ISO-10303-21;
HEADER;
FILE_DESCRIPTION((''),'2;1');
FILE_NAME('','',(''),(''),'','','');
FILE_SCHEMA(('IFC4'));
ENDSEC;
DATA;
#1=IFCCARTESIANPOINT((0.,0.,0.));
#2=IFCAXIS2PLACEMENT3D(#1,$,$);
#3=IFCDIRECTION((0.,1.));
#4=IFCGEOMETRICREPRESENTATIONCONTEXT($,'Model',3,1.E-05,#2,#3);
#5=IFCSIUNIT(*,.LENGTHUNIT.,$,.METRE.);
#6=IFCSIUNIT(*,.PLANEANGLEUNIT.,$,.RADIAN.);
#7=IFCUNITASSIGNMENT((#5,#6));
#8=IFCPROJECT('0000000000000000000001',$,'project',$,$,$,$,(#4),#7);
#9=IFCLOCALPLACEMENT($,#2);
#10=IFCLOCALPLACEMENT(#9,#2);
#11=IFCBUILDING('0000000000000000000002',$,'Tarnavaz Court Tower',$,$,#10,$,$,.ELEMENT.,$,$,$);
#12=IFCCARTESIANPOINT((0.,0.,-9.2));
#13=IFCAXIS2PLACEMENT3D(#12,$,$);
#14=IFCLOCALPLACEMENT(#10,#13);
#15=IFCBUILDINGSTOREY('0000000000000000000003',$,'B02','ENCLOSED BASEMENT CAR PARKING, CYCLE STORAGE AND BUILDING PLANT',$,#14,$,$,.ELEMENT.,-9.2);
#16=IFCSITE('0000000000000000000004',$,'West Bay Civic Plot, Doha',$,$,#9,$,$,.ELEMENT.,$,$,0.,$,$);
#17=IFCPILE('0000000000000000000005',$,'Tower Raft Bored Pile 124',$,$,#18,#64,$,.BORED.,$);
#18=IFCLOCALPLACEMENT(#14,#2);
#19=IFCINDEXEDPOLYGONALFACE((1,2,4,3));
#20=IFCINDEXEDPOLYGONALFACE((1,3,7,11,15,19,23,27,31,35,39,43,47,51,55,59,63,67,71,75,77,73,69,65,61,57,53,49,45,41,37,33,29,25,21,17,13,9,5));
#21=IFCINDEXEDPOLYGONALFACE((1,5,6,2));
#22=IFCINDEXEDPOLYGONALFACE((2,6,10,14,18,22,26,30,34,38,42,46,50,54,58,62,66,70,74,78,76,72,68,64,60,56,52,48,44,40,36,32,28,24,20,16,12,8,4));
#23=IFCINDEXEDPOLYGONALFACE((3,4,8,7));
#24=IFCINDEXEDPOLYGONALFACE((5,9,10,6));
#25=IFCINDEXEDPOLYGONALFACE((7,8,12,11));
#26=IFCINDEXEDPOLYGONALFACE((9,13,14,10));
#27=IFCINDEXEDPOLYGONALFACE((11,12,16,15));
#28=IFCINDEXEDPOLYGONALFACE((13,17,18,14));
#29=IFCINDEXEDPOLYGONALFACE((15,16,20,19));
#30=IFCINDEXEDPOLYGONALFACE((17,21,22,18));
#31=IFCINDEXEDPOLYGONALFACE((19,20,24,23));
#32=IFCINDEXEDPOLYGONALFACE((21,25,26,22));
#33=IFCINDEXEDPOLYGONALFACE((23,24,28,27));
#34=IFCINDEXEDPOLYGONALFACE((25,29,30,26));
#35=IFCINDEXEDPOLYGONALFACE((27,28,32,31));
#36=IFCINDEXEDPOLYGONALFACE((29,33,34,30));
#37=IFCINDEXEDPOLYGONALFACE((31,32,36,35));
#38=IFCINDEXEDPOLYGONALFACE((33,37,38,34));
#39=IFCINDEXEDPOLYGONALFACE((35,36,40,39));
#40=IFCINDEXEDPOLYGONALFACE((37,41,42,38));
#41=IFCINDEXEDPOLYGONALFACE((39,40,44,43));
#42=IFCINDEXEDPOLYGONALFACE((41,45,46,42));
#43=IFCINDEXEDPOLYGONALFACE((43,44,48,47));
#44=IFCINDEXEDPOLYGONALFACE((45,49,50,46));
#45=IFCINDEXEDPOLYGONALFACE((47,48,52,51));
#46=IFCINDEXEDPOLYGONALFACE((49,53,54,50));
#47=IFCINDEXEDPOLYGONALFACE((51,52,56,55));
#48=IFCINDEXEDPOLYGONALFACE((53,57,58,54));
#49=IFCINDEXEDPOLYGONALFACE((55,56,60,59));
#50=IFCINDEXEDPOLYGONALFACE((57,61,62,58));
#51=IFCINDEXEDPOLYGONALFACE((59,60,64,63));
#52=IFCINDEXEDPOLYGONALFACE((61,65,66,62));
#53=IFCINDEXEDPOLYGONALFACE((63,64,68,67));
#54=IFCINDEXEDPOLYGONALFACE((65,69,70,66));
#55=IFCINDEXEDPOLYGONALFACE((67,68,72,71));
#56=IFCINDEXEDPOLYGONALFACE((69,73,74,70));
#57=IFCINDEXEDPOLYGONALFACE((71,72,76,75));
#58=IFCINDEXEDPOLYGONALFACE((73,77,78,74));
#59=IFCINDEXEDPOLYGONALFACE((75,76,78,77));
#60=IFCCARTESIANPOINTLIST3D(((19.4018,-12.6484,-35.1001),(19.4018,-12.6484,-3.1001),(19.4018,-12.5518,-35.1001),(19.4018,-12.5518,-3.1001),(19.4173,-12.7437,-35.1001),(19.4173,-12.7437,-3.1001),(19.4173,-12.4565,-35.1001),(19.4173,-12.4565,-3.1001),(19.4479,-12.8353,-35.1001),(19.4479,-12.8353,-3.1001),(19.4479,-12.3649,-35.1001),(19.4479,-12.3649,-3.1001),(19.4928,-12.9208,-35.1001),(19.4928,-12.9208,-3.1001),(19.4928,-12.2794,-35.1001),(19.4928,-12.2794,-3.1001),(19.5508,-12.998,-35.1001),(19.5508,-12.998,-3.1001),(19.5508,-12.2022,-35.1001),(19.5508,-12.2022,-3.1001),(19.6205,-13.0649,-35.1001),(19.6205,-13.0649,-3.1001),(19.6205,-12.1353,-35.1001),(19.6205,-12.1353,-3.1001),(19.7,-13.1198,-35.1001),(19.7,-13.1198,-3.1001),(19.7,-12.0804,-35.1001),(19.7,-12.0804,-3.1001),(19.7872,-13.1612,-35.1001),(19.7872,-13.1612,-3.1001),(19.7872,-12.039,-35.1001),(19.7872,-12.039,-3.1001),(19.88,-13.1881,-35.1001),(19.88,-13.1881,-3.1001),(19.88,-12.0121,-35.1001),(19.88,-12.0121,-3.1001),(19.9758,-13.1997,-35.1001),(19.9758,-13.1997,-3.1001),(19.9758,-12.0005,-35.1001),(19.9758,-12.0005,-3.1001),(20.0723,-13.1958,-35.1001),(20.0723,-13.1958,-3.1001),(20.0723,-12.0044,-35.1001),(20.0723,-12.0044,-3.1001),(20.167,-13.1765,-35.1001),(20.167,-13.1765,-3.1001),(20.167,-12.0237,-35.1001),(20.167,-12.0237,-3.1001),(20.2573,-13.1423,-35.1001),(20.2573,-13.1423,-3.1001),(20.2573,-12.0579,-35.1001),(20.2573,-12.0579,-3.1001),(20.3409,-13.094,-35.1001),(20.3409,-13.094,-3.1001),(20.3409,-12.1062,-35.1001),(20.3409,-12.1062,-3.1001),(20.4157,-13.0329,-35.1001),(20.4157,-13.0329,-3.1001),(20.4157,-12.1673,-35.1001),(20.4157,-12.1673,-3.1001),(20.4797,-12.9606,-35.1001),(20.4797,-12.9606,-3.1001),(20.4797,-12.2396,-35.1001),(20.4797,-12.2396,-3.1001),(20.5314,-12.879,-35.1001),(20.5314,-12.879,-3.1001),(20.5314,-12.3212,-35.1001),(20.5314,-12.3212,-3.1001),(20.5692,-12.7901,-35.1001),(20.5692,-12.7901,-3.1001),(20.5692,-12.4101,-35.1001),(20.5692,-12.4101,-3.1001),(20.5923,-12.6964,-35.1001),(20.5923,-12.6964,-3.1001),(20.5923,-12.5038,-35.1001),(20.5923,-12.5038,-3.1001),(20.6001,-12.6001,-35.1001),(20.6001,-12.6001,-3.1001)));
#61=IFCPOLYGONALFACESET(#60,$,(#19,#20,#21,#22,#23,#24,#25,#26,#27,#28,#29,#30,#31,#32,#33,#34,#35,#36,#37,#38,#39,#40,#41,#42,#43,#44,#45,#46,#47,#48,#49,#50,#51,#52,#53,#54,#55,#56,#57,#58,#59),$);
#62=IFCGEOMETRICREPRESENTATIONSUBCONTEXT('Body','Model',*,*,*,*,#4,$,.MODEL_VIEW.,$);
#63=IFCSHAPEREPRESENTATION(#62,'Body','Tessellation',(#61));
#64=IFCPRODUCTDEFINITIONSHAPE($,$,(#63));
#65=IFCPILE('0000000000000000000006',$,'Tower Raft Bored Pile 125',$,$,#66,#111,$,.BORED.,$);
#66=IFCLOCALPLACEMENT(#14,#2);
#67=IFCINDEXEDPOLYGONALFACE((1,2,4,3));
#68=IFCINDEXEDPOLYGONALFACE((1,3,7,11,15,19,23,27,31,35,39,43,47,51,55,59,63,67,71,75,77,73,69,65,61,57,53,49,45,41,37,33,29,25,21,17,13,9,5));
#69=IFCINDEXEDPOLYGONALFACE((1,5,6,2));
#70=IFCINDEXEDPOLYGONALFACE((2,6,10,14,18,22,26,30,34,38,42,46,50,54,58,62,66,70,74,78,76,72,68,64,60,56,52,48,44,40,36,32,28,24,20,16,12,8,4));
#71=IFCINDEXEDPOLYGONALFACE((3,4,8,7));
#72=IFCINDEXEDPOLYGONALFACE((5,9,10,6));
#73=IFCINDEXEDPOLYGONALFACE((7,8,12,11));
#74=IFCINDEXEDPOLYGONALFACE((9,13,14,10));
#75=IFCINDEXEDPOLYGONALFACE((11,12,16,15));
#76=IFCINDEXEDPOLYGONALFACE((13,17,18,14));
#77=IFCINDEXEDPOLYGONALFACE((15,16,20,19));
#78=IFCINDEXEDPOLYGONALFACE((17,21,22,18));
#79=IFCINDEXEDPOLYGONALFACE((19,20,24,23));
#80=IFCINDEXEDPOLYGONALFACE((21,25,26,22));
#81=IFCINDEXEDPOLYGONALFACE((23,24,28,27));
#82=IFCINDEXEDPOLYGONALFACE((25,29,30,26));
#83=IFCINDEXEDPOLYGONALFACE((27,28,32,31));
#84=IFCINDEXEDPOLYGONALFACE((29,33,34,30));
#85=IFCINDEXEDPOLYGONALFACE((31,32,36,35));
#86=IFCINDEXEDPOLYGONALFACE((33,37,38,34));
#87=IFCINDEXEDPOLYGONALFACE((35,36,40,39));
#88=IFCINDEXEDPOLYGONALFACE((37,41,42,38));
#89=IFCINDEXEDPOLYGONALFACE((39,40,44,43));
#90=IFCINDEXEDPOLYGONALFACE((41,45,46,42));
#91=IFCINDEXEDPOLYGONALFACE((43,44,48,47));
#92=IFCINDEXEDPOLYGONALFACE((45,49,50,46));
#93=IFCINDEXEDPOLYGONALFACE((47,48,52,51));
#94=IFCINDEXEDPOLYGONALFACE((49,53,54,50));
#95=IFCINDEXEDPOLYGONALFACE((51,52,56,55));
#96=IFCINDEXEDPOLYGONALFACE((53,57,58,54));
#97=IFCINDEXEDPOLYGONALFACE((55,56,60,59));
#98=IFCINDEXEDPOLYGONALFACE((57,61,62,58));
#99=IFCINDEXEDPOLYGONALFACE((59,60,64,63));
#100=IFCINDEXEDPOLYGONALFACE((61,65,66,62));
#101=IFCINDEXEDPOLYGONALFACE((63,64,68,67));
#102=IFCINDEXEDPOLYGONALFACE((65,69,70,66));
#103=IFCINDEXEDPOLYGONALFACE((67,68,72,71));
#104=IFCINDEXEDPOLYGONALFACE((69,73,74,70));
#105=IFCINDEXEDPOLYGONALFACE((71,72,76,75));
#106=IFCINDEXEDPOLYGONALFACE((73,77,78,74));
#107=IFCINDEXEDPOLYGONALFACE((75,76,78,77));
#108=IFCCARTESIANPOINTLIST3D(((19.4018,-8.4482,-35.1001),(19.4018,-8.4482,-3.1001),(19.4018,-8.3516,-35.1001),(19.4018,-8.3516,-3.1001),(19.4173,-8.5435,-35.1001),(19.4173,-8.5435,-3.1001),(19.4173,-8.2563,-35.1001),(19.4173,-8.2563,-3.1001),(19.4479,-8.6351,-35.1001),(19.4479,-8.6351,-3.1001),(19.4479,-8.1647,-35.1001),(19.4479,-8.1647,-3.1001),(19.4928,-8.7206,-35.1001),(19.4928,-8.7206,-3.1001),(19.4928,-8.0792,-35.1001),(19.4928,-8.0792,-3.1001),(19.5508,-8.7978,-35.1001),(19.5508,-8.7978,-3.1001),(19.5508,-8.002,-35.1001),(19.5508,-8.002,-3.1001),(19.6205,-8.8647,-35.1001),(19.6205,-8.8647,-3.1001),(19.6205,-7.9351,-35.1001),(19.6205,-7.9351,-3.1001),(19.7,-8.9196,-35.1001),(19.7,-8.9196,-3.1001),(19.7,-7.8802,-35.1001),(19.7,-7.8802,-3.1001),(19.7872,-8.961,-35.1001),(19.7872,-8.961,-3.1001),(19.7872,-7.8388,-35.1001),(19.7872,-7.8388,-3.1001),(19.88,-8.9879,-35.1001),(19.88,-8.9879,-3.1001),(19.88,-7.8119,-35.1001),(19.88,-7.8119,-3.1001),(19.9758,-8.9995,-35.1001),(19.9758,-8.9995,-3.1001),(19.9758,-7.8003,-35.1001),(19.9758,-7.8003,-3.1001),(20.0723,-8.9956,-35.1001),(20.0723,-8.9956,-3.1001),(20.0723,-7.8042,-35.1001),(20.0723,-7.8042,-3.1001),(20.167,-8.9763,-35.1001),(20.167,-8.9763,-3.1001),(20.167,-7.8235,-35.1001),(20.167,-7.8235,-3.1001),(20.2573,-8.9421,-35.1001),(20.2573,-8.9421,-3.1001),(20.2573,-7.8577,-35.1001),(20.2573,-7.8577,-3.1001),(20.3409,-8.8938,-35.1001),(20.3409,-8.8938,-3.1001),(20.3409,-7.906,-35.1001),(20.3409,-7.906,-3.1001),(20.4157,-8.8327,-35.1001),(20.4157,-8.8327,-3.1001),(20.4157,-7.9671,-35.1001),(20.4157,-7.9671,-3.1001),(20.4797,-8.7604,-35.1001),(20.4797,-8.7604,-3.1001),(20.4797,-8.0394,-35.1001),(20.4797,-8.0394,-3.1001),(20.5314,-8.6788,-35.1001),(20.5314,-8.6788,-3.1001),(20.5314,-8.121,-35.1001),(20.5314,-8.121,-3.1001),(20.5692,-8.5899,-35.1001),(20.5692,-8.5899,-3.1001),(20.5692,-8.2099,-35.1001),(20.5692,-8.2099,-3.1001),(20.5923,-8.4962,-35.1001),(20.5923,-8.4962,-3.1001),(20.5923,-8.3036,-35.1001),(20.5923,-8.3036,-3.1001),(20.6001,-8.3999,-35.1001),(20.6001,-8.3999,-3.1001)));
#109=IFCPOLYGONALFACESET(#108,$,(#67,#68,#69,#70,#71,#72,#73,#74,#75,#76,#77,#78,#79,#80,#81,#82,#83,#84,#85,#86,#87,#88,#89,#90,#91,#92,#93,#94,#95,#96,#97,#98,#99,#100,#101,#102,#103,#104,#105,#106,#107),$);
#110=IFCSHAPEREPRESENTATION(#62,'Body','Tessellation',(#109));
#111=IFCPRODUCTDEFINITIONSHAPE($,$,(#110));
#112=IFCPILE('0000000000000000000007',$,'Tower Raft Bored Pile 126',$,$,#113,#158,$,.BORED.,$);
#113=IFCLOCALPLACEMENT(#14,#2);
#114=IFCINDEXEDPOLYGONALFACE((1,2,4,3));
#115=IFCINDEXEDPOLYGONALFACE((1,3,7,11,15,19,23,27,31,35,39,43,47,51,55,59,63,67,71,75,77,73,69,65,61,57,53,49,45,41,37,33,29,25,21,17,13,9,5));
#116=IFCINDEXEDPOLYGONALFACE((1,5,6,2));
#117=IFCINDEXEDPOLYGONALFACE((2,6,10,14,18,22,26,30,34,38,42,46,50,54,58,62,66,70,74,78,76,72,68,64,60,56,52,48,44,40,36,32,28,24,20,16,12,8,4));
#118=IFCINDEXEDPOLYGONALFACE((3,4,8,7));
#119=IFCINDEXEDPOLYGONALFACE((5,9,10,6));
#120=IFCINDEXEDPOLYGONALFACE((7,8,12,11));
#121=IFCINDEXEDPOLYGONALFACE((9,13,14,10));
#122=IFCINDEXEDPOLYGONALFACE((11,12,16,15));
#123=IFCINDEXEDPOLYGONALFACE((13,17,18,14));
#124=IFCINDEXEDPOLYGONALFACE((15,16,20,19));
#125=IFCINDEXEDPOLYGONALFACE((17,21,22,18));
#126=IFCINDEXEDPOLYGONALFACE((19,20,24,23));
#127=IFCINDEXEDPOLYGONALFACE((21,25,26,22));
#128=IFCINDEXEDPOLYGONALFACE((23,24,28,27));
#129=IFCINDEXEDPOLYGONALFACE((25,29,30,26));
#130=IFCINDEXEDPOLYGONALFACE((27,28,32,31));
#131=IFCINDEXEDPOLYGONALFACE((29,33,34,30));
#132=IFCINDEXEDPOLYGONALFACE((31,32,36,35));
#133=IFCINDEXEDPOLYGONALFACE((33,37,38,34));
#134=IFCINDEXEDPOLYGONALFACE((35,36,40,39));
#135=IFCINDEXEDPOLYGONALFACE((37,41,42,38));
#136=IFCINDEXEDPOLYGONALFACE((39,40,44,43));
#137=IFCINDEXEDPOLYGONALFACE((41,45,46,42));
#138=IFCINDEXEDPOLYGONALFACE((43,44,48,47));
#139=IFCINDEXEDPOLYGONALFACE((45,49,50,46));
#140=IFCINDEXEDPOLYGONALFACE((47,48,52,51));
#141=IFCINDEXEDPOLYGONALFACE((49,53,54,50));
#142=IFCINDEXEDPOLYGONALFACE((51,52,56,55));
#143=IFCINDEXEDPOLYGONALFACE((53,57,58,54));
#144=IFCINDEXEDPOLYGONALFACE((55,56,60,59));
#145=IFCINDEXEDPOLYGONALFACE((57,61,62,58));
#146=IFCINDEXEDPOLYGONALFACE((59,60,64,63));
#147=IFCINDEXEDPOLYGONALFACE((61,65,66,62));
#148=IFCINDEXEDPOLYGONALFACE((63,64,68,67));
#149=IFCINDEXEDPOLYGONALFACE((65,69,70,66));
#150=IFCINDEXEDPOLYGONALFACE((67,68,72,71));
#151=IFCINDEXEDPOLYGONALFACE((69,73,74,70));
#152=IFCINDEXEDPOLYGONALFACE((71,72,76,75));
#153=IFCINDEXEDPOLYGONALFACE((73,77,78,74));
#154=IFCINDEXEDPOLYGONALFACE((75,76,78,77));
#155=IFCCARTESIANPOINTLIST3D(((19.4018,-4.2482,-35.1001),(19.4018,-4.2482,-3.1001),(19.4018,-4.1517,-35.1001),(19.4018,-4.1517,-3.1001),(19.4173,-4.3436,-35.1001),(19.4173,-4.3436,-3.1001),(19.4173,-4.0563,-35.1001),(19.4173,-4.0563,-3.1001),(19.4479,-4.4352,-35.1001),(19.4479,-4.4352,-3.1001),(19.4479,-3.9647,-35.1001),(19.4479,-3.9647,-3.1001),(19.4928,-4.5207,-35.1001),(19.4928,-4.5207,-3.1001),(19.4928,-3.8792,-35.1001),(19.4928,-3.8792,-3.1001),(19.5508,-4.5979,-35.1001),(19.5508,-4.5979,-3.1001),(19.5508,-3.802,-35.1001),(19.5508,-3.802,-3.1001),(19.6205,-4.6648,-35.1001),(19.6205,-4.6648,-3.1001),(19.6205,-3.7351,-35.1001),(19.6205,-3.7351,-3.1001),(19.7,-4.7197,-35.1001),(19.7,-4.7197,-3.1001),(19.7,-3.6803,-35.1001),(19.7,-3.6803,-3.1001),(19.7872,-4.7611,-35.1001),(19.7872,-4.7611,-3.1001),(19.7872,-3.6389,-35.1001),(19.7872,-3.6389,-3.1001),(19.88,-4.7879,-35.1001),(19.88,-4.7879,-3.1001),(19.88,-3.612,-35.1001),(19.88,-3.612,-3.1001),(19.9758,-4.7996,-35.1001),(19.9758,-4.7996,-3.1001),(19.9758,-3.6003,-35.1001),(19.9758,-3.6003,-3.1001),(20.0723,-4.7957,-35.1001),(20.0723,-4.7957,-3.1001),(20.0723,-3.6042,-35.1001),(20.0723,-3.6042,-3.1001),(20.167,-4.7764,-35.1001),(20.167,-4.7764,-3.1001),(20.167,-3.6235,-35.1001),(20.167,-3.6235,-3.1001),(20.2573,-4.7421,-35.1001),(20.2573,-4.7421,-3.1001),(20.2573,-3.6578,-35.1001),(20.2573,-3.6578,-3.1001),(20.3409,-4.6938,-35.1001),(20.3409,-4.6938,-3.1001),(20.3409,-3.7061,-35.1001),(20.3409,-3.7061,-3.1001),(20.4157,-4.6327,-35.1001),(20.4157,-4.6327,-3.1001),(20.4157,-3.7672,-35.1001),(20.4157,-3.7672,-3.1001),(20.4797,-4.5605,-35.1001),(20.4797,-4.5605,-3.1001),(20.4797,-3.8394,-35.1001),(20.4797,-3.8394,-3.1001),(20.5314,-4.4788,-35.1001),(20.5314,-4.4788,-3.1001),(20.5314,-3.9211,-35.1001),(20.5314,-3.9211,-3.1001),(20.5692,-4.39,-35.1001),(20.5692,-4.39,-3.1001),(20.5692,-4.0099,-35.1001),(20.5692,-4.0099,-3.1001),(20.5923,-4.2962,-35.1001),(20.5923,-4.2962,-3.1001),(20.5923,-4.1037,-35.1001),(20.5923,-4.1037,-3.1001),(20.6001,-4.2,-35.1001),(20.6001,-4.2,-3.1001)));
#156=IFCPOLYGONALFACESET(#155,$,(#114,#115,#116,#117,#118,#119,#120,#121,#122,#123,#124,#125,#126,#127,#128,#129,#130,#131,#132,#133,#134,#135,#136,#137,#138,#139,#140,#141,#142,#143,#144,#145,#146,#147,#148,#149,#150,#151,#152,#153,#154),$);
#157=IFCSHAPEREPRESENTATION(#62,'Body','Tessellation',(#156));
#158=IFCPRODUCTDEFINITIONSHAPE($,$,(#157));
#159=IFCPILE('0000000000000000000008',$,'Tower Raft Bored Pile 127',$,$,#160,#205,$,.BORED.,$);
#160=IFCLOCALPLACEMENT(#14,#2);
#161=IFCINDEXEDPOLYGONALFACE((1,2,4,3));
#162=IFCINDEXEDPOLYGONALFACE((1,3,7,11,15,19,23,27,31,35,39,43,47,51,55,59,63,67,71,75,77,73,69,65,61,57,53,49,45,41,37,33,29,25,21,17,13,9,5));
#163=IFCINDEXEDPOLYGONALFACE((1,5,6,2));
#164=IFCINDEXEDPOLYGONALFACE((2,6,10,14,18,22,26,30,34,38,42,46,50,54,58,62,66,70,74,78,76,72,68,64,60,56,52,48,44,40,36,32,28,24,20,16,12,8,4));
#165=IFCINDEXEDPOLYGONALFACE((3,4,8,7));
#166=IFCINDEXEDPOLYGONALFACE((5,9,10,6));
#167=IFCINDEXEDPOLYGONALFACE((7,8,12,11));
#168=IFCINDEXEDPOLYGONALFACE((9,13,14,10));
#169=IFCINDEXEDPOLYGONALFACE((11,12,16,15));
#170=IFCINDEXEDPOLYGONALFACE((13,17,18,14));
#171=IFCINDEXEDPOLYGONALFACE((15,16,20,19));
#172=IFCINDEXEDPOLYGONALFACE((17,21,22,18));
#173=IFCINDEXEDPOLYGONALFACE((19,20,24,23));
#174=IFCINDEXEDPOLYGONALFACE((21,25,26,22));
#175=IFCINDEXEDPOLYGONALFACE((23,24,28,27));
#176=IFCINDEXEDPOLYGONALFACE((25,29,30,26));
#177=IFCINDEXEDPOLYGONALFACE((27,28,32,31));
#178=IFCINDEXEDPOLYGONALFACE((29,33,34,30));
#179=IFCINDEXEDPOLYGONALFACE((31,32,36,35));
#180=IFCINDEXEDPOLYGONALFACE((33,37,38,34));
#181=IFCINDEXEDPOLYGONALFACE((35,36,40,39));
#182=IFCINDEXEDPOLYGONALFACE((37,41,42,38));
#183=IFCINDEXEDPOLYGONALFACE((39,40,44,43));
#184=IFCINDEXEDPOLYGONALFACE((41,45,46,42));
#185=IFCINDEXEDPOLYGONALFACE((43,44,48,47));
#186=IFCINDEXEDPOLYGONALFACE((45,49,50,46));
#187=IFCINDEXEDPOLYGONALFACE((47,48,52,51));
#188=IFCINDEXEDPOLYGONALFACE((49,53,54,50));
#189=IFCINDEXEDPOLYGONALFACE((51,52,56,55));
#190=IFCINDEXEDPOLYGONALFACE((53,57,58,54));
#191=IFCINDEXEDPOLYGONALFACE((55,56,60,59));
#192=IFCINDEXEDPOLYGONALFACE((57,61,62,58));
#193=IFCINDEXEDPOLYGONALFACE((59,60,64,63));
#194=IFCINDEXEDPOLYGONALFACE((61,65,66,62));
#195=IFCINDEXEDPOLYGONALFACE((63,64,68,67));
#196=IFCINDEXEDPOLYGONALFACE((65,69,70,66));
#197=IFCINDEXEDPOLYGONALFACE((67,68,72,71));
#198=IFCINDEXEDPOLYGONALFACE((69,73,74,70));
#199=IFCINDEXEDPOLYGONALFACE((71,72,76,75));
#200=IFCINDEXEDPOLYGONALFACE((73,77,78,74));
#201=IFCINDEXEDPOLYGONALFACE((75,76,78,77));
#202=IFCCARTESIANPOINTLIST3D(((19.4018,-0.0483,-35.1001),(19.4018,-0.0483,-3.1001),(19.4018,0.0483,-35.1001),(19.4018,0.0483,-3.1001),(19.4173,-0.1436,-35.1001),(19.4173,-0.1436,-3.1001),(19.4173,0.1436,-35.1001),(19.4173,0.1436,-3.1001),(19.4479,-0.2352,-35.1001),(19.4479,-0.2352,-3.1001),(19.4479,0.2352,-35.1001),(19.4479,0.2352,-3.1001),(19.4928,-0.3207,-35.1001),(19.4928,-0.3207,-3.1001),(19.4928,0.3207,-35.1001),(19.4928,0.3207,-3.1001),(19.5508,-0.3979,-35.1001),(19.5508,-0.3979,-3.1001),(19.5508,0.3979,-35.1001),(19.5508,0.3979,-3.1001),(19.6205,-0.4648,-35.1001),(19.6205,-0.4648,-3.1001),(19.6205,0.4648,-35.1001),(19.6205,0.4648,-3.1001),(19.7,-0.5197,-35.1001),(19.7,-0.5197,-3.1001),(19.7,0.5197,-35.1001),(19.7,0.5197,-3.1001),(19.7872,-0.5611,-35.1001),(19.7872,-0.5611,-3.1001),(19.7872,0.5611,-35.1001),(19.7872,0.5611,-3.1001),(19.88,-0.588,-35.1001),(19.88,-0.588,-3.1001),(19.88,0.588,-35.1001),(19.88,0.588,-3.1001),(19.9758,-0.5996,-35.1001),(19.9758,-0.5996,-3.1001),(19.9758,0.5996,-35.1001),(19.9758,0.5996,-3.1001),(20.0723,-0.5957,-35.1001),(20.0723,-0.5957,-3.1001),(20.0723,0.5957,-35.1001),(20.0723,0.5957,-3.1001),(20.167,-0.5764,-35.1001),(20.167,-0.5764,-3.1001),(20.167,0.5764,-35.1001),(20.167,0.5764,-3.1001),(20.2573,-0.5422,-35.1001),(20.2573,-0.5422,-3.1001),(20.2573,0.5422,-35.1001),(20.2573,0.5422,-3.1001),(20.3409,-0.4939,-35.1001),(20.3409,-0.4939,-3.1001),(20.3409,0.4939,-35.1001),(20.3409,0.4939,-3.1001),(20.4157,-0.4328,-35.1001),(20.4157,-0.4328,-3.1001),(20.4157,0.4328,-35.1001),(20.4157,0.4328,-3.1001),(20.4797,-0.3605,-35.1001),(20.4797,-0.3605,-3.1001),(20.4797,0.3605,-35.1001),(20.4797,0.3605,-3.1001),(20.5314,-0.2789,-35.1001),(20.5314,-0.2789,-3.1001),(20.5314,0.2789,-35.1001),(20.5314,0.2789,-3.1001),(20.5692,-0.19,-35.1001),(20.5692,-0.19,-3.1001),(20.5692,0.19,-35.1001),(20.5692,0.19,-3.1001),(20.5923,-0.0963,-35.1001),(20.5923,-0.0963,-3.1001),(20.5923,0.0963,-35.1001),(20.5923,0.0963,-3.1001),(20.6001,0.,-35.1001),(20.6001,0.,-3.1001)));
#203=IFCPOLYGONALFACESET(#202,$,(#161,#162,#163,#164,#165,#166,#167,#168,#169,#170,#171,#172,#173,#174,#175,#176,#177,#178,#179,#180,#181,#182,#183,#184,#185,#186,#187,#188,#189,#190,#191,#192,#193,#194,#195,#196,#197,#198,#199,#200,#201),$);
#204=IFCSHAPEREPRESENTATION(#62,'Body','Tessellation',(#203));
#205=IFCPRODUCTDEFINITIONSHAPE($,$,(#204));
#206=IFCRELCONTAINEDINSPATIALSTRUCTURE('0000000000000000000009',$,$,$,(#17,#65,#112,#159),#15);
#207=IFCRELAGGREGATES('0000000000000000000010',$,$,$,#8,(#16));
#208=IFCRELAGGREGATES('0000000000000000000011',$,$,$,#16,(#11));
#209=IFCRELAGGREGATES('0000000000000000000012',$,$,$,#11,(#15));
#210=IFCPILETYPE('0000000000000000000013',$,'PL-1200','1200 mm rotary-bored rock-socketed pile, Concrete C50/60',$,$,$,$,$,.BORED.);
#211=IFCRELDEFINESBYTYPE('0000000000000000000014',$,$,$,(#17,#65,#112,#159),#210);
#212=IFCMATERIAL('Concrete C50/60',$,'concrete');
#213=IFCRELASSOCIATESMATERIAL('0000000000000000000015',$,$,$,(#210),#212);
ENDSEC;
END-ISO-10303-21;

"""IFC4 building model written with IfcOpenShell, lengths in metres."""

from ifc_helpers import new_model, si_unit, direction, frame, origin, origin_2d, place, context, subcontext, project, spatial, circle, extrude, material, material_profile, profile_set, type_object, element, save


model = new_model("IFC4")

# Units and contexts
model_context = context("Model", 3, precision=1e-05, world=origin(), true_north=direction((0.0, 1.0)))
body_context = subcontext(model_context, "Body", "Model", "MODEL_VIEW")
ifc_project = project(units=[si_unit("LENGTHUNIT", "METRE"), si_unit("PLANEANGLEUNIT", "RADIAN")], contexts=[model_context])

# Site, building, storey
site_placement = place(None, origin())
site = spatial("IfcSite", under=ifc_project, at=site_placement, Name="West Bay Civic Plot, Doha", CompositionType="ELEMENT", RefElevation=0.0)
building_placement = place(site_placement, origin())
building = spatial("IfcBuilding", under=site, at=building_placement, Name="Tarnavaz Court Tower", CompositionType="ELEMENT")
storey_placement = place(building_placement, frame((0.0, 0.0, -9.2)))
storey = spatial("IfcBuildingStorey", under=building, at=storey_placement, Name="B02", Description="ENCLOSED BASEMENT CAR PARKING, CYCLE STORAGE AND BUILDING PLANT", CompositionType="ELEMENT", Elevation=-9.2)

# Shared definitions
ifc_material_1 = material(Name="Concrete C50/60", Category="concrete")

# Piles
ifc_material_profile_1 = material_profile(ifc_material_1, circle(Radius=0.6001, at=origin_2d()), Name="PILE D1200")
ifc_profile_set_1 = profile_set([ifc_material_profile_1], Name="Concrete C50/60")
pile_type_1 = type_object("IfcPileType", Name="PL-1200", Description="1200 mm rotary-bored rock-socketed pile, Concrete C50/60", PredefinedType="BORED", material=ifc_profile_set_1)
for number, where, z_axis, x_axis, name in (
    (1, (20.0, -12.6001, -3.1001), (0.0, 0.0, -1.0), (1.0, 0.0, 0.0), "Tower Raft Bored Pile 124"),
    (2, (20.0, -8.3999, -3.1001), (0.0, 0.0, -1.0), (1.0, 0.0, 0.0), "Tower Raft Bored Pile 125"),
    (3, (20.0, -4.2, -3.1001), (0.0, 0.0, -1.0), (1.0, 0.0, 0.0), "Tower Raft Bored Pile 126"),
    (4, (20.0, 0.0, -3.1001), (0.0, 0.0, -1.0), (1.0, 0.0, 0.0), "Tower Raft Bored Pile 127"),
):
    element("IfcPile", number, at=place(storey_placement, frame(where, z_axis=z_axis, x_axis=x_axis)), inside=storey, type_object=pile_type_1, Name=name, PredefinedType="BORED", context=body_context, shape_type="SweptSolid", body=[
        extrude(circle(Radius=0.6001, at=origin_2d()), origin(), (0.0, 0.0, 1.0), 32.0),
    ])

save(model, "model.ifc")
